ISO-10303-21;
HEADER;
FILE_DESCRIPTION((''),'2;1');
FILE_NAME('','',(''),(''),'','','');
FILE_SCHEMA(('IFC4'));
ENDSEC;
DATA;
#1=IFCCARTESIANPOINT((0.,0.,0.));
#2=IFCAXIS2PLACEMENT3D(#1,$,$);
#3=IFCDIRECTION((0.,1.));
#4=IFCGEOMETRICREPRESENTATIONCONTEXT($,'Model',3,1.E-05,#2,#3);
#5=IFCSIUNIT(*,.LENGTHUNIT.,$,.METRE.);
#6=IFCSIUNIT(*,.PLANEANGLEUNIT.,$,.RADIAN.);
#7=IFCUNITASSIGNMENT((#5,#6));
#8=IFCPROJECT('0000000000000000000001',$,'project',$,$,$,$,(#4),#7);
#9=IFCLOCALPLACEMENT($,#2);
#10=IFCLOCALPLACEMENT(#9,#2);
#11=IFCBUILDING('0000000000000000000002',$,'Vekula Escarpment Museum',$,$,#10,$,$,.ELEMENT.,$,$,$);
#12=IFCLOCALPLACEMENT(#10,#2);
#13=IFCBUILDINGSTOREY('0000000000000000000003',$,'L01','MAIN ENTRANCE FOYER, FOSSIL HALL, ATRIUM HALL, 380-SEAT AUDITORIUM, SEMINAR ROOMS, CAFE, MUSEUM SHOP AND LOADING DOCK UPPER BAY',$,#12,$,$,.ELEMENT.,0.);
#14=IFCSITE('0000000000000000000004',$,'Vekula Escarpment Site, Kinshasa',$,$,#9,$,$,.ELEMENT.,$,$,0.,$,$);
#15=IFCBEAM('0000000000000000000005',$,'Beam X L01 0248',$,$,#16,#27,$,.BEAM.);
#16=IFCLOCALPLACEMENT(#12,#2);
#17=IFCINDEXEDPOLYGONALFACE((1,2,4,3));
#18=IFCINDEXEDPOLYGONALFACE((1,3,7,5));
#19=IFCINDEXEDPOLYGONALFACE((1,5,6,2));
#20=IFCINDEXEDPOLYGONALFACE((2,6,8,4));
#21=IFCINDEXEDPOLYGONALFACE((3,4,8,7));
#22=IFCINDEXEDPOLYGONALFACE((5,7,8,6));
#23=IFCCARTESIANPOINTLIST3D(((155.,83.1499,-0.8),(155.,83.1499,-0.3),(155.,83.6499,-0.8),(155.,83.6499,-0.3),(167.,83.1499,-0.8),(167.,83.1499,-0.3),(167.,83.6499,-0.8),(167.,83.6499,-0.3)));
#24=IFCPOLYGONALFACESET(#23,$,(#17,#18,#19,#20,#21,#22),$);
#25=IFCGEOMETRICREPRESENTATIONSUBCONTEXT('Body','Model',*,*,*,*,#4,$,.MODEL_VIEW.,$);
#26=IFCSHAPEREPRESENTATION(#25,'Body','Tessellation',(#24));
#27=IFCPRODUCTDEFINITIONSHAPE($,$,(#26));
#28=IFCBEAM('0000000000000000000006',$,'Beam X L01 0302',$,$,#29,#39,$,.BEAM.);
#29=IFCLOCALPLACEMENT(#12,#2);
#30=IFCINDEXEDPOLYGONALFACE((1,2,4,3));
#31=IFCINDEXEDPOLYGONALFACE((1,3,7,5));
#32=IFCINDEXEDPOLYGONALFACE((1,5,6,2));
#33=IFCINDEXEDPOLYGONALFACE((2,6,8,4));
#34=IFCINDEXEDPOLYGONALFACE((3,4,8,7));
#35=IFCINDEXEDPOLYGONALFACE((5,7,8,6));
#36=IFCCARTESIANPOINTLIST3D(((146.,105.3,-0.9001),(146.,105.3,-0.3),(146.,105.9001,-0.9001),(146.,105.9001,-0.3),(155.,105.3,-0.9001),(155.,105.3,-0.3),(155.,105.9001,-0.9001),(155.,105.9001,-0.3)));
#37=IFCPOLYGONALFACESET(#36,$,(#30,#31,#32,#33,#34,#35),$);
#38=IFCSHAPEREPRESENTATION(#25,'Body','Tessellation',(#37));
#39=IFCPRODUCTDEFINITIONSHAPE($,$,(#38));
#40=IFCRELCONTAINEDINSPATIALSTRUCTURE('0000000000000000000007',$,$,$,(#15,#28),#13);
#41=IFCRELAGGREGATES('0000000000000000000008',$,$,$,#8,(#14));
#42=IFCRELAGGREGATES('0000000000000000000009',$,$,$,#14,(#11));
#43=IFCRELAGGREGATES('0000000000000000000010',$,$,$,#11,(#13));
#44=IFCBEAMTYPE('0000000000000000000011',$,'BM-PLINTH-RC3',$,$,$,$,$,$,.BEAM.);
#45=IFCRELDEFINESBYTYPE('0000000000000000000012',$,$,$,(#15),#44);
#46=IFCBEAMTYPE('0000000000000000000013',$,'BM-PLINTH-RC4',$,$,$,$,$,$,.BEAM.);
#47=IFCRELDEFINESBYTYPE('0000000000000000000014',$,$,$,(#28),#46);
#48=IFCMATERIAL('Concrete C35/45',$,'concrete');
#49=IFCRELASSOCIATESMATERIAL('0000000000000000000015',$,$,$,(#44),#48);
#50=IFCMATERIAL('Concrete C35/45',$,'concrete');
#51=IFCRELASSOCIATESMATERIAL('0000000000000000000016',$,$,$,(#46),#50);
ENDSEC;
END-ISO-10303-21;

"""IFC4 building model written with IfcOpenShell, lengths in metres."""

from ifc_helpers import new_model, si_unit, direction, frame, origin, origin_2d, place, context, subcontext, project, spatial, rectangle, extrude, material, material_profile, profile_set, type_object, element, save


model = new_model("IFC4")

# Units and contexts
model_context = context("Model", 3, precision=1e-05, world=origin(), true_north=direction((0.0, 1.0)))
body_context = subcontext(model_context, "Body", "Model", "MODEL_VIEW")
ifc_project = project(units=[si_unit("LENGTHUNIT", "METRE"), si_unit("PLANEANGLEUNIT", "RADIAN")], contexts=[model_context])

# Site, building, storey
site_placement = place(None, origin())
site = spatial("IfcSite", under=ifc_project, at=site_placement, Name="Vekula Escarpment Site, Kinshasa", CompositionType="ELEMENT", RefElevation=0.0)
building_placement = place(site_placement, origin())
building = spatial("IfcBuilding", under=site, at=building_placement, Name="Vekula Escarpment Museum", CompositionType="ELEMENT")
storey_placement = place(building_placement, origin())
storey = spatial("IfcBuildingStorey", under=building, at=storey_placement, Name="L01", Description="MAIN ENTRANCE FOYER, FOSSIL HALL, ATRIUM HALL, 380-SEAT AUDITORIUM, SEMINAR ROOMS, CAFE, MUSEUM SHOP AND LOADING DOCK UPPER BAY", CompositionType="ELEMENT", Elevation=0.0)

# Beams
ifc_material_1 = material(Name="Concrete C35/45", Category="concrete")
ifc_material_profile_1 = material_profile(ifc_material_1, rectangle(XDim=0.5, YDim=0.5, at=origin_2d()), Name="RC 500x500")
ifc_profile_set_1 = profile_set([ifc_material_profile_1], Name="Concrete C35/45")
beam_type_1 = type_object("IfcBeamType", Name="BM-PLINTH-RC3", PredefinedType="BEAM", material=ifc_profile_set_1)
beam_1_placement = place(storey_placement, frame((155.0, 83.3999, -0.55), z_axis=(1.0, 0.0, 0.0), x_axis=(0.0, 1.0, 0.0)))
element("IfcBeam", 1, at=beam_1_placement, inside=storey, type_object=beam_type_1, Name="Beam X L01 0248", PredefinedType="BEAM", context=body_context, shape_type="SweptSolid", body=[
    extrude(rectangle(XDim=0.5, YDim=0.5, at=origin_2d()), origin(), (0.0, 0.0, 1.0), 12.0),
])
ifc_material_2 = material(Name="Concrete C35/45", Category="concrete")
ifc_material_profile_2 = material_profile(ifc_material_2, rectangle(XDim=0.6001, YDim=0.6001, at=origin_2d()), Name="RC 600x600")
ifc_profile_set_2 = profile_set([ifc_material_profile_2], Name="Concrete C35/45")
beam_type_2 = type_object("IfcBeamType", Name="BM-PLINTH-RC4", PredefinedType="BEAM", material=ifc_profile_set_2)
beam_2_placement = place(storey_placement, frame((146.0, 105.6001, -0.6001), z_axis=(1.0, 0.0, 0.0), x_axis=(0.0, 1.0, 0.0)))
element("IfcBeam", 2, at=beam_2_placement, inside=storey, type_object=beam_type_2, Name="Beam X L01 0302", PredefinedType="BEAM", context=body_context, shape_type="SweptSolid", body=[
    extrude(rectangle(XDim=0.6001, YDim=0.6001, at=origin_2d()), origin(), (0.0, 0.0, 1.0), 9.0),
])

save(model, "model.ifc")
